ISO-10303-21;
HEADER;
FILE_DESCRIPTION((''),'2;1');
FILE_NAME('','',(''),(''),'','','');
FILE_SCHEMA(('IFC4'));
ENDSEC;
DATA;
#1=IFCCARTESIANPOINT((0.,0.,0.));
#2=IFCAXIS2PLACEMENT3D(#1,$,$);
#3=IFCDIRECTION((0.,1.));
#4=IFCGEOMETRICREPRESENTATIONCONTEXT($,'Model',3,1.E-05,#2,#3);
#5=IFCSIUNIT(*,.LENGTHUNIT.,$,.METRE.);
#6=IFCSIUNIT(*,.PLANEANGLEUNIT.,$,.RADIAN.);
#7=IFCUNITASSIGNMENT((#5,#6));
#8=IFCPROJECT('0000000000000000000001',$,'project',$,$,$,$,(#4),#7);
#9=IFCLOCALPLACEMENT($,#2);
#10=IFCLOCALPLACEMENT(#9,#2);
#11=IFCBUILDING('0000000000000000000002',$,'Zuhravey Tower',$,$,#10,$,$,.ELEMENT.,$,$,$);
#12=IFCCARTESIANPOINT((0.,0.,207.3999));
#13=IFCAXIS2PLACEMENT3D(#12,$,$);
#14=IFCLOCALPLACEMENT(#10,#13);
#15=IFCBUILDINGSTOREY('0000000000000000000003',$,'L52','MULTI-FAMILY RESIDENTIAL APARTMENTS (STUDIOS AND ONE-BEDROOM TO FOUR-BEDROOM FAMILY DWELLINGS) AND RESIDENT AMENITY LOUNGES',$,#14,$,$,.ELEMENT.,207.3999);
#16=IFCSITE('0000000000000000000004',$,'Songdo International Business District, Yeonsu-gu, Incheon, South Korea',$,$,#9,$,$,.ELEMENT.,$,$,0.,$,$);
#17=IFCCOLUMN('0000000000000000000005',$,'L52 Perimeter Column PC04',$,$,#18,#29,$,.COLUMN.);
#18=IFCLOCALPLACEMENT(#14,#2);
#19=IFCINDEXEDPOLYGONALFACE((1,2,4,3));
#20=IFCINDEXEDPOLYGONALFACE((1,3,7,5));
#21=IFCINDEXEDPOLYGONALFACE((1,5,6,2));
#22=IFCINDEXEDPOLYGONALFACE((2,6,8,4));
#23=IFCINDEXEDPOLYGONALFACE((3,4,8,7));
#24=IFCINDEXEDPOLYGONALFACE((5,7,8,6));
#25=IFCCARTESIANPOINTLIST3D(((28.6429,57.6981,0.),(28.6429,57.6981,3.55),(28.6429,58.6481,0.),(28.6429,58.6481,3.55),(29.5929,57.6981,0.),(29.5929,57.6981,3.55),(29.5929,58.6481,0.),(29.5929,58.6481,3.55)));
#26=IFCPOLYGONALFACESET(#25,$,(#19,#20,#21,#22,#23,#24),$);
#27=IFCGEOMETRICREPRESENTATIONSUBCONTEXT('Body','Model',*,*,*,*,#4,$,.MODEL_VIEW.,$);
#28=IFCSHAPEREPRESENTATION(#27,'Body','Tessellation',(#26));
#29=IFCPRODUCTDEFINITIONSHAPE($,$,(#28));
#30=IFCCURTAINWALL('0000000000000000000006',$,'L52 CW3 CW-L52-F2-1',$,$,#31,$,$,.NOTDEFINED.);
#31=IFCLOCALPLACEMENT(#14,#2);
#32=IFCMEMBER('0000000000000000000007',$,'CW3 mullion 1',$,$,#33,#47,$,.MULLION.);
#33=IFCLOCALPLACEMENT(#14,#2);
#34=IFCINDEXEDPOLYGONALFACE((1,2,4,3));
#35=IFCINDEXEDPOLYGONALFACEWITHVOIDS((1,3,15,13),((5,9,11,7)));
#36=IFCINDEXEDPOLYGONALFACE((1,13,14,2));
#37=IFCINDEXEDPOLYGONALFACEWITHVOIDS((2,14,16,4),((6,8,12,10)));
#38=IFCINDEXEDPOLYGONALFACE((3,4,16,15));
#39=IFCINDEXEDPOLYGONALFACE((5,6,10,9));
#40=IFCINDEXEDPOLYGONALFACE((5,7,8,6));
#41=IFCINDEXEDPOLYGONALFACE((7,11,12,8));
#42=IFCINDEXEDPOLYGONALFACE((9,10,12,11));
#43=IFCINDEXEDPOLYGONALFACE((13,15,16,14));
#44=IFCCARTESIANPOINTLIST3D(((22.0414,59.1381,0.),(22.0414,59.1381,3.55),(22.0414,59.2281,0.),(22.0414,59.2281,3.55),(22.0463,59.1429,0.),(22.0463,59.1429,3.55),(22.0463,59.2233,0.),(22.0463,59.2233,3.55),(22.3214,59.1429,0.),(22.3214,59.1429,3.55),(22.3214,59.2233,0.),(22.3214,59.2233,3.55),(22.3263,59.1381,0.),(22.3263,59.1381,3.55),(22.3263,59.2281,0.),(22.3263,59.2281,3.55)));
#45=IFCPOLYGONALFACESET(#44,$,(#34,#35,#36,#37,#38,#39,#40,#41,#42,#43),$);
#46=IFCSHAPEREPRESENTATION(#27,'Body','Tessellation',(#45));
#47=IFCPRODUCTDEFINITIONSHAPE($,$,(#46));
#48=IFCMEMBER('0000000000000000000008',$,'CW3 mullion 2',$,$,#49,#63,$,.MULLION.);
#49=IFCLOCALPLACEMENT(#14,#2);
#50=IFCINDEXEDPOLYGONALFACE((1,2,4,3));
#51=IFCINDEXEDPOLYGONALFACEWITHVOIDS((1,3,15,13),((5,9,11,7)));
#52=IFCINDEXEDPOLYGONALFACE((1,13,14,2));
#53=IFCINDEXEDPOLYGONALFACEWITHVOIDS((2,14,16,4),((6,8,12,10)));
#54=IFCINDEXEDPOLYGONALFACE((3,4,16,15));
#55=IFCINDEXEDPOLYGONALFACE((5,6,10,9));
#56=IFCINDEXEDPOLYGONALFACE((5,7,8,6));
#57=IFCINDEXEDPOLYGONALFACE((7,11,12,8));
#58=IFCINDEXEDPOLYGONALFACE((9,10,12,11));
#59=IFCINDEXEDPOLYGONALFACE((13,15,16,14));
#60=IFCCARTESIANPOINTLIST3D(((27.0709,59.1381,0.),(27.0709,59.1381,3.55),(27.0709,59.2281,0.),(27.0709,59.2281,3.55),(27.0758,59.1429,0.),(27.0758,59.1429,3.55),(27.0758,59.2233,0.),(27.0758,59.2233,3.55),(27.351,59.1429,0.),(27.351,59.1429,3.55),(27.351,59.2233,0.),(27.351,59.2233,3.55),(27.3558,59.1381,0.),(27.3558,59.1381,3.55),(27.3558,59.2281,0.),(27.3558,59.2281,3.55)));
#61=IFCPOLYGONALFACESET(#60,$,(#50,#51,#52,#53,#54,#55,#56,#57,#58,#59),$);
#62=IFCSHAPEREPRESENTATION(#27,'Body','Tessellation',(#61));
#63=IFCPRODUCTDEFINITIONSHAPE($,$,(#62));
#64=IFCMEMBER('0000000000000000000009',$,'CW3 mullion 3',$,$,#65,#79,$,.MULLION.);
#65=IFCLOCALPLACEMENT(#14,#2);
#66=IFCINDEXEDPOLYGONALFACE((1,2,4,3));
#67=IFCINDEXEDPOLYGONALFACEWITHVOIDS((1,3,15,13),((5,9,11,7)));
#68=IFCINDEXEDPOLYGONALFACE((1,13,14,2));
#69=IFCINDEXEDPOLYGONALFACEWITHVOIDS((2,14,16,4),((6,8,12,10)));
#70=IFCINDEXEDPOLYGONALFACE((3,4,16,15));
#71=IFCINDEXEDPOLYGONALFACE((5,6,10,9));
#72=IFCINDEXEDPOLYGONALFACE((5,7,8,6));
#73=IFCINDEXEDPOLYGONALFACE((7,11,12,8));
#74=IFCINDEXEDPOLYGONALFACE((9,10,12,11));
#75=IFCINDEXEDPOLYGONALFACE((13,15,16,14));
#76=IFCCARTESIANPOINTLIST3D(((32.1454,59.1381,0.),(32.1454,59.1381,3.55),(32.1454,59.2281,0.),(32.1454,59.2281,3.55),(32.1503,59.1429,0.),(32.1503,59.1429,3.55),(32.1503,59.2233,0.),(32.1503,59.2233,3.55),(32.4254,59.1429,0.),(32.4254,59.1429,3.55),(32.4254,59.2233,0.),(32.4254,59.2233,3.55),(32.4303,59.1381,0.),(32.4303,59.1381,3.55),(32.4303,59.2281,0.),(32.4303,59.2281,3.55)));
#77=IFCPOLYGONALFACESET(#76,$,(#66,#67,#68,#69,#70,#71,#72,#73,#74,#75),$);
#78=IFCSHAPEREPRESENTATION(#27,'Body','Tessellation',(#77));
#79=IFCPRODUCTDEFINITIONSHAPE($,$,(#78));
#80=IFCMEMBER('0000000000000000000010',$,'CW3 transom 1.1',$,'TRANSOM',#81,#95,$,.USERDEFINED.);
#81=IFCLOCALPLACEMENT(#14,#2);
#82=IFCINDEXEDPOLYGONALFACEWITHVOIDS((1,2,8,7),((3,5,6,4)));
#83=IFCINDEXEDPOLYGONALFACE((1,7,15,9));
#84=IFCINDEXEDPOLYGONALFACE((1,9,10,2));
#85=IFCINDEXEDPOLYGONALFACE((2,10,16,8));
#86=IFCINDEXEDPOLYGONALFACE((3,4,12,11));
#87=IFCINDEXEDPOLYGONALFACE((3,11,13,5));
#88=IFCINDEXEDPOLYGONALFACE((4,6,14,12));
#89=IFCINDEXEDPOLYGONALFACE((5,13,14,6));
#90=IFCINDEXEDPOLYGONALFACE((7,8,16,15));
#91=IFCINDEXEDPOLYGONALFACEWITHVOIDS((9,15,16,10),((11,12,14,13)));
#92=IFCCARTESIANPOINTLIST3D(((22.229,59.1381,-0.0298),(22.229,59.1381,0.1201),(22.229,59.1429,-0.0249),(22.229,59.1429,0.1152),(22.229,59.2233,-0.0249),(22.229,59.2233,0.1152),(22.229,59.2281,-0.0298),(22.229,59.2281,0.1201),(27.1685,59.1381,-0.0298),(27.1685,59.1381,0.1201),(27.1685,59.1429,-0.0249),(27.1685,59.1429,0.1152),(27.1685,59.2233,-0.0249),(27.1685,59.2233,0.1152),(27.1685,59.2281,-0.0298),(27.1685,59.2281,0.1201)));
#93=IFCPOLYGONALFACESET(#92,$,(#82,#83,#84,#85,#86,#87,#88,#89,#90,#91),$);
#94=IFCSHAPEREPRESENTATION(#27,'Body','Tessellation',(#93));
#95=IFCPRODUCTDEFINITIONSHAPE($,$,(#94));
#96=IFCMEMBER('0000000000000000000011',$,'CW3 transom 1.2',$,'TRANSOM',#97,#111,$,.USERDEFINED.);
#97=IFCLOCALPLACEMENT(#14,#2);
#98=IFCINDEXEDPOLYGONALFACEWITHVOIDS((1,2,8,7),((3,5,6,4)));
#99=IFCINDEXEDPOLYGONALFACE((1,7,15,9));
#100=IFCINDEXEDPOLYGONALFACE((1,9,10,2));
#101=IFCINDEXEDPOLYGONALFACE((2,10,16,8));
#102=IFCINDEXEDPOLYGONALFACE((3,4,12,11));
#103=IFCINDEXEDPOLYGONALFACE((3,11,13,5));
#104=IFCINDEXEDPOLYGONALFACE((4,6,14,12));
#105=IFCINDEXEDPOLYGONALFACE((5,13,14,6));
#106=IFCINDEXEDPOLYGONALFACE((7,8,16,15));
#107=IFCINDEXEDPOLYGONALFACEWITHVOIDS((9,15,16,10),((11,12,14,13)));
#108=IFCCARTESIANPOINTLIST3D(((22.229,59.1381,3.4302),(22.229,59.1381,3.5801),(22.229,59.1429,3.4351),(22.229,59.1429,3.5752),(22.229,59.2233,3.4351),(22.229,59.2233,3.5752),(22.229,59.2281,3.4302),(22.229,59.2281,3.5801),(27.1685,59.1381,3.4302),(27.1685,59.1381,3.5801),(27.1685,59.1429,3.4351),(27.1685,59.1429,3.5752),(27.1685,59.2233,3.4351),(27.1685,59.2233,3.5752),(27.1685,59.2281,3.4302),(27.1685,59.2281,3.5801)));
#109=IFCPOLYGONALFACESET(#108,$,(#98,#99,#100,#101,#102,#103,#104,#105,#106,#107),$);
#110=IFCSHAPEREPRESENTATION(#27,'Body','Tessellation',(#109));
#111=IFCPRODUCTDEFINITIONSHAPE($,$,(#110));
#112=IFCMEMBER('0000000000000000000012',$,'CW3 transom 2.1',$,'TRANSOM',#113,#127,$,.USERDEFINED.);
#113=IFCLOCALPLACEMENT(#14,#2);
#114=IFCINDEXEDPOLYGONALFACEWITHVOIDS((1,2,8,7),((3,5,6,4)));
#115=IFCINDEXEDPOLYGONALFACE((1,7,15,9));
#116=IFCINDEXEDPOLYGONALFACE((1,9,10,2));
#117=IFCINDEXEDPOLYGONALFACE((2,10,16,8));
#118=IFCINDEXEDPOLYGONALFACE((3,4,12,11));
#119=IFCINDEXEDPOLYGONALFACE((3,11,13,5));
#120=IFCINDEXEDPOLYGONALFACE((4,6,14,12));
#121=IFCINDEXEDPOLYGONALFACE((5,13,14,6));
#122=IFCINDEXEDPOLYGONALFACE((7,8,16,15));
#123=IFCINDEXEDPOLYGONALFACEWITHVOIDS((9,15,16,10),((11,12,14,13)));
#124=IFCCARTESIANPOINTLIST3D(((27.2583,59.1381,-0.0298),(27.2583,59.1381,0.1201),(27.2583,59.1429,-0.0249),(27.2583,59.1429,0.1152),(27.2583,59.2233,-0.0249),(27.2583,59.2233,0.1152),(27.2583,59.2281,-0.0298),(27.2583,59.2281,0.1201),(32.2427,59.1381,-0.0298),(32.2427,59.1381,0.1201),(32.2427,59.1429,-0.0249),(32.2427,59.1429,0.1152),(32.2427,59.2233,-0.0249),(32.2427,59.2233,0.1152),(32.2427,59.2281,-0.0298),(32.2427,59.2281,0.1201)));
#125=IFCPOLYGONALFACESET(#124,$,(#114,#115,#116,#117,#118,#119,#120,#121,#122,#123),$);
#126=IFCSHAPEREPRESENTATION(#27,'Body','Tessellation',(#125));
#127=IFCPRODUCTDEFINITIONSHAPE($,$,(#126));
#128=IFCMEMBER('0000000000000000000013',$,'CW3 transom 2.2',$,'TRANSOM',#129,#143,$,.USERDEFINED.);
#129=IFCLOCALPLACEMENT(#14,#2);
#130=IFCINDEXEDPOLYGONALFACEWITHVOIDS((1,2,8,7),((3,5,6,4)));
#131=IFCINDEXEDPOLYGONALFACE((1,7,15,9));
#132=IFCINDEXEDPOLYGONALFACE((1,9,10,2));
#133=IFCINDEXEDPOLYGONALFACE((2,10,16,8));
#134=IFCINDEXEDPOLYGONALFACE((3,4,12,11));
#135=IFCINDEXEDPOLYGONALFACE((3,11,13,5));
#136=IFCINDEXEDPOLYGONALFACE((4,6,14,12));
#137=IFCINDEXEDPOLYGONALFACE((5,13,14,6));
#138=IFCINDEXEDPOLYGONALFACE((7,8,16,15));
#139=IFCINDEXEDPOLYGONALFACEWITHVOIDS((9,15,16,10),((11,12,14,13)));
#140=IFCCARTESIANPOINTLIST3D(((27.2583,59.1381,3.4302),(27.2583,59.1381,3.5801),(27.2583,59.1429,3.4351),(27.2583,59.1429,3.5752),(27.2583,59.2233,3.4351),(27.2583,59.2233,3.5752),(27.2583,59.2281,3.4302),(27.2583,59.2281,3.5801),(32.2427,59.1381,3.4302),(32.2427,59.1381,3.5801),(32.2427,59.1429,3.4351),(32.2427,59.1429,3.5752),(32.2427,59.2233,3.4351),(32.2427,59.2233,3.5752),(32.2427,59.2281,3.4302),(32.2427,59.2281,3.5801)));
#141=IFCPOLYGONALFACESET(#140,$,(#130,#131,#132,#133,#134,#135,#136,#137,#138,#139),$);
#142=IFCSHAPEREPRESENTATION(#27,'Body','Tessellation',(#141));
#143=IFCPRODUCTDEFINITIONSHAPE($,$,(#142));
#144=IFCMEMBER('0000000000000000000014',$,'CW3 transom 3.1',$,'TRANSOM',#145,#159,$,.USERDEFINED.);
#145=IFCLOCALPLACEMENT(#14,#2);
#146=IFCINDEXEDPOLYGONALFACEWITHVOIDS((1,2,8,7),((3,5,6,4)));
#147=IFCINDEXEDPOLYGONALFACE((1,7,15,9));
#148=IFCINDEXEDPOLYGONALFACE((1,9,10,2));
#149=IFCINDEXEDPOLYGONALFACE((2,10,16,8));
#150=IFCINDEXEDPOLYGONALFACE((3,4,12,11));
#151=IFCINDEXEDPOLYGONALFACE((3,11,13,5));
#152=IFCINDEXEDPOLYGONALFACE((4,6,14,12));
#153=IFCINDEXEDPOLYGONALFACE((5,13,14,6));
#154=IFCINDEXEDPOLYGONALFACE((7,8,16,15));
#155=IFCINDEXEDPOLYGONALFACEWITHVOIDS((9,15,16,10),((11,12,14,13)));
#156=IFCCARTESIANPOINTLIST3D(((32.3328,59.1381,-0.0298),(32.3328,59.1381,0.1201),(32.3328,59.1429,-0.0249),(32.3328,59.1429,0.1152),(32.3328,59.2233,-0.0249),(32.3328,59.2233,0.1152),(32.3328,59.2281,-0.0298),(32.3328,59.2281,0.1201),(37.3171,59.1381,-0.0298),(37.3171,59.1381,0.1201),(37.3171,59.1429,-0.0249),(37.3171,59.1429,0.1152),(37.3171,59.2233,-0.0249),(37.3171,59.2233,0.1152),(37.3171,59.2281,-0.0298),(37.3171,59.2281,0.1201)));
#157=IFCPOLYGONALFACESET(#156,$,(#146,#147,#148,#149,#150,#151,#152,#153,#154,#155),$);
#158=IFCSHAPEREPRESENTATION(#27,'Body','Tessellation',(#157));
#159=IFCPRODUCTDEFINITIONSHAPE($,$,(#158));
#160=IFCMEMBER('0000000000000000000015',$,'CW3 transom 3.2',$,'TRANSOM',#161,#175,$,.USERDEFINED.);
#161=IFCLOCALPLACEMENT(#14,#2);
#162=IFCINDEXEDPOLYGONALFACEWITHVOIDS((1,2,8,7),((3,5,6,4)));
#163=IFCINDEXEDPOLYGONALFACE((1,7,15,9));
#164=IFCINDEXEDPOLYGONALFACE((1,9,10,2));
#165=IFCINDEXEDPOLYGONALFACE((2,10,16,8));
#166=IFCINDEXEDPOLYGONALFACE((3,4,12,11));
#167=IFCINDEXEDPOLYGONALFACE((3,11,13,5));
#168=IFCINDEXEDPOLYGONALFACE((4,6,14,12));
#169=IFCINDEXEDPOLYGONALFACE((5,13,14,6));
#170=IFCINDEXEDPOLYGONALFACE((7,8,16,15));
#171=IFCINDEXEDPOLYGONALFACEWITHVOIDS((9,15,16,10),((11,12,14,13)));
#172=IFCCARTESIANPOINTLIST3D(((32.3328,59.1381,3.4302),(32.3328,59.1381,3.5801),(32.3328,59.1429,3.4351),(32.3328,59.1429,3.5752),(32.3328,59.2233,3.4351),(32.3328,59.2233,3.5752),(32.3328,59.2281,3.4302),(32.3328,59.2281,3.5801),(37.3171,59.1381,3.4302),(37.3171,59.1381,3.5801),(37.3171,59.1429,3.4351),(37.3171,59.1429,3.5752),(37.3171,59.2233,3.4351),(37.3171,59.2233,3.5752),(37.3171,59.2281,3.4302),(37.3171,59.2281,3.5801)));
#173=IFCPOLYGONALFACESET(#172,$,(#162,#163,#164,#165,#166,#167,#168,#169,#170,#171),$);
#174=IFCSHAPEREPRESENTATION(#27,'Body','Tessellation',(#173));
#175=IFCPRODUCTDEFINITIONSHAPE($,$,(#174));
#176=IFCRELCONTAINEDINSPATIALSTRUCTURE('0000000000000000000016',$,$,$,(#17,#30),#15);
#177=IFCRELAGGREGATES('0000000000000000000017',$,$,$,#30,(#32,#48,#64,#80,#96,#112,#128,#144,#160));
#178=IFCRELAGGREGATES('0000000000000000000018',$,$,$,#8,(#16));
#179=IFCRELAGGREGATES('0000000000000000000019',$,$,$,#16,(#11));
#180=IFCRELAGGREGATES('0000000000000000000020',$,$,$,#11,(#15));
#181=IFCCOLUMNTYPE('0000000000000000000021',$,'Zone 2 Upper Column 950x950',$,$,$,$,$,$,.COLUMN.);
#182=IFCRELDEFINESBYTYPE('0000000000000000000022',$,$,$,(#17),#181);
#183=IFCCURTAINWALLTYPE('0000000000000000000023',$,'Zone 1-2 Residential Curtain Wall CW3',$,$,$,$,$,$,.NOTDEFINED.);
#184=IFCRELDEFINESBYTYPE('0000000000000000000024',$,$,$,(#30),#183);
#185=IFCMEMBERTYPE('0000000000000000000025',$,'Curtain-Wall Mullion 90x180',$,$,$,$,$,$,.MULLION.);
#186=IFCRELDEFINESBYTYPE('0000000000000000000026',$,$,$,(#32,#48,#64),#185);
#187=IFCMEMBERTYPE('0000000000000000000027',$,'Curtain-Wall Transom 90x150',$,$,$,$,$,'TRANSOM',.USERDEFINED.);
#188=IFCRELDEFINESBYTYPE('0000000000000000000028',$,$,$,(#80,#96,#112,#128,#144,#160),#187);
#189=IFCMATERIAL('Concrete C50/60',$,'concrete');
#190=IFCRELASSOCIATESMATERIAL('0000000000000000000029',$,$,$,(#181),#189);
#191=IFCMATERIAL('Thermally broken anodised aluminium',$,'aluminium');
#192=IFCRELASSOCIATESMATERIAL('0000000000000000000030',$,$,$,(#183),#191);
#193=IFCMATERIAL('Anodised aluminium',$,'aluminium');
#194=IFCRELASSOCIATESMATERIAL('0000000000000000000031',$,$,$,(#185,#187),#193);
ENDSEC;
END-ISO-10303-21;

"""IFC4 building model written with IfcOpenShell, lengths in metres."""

from ifc_helpers import new_model, si_unit, direction, frame, origin, origin_2d, place, context, subcontext, project, spatial, rectangle, hollow_rectangle, extrude, material, material_profile, profile_set, type_object, element, aggregate, save


model = new_model("IFC4")

# Units and contexts
model_context = context("Model", 3, precision=1e-05, world=origin(), true_north=direction((0.0, 1.0)))
body_context = subcontext(model_context, "Body", "Model", "MODEL_VIEW")
ifc_project = project(units=[si_unit("LENGTHUNIT", "METRE"), si_unit("PLANEANGLEUNIT", "RADIAN")], contexts=[model_context])

# Site, building, storey
site_placement = place(None, origin())
site = spatial("IfcSite", under=ifc_project, at=site_placement, Name="Songdo International Business District, Yeonsu-gu, Incheon, South Korea", CompositionType="ELEMENT", RefElevation=0.0)
building_placement = place(site_placement, origin())
building = spatial("IfcBuilding", under=site, at=building_placement, Name="Zuhravey Tower", CompositionType="ELEMENT")
storey_placement = place(building_placement, frame((0.0, 0.0, 207.3999)))
storey = spatial("IfcBuildingStorey", under=building, at=storey_placement, Name="L52", Description="MULTI-FAMILY RESIDENTIAL APARTMENTS (STUDIOS AND ONE-BEDROOM TO FOUR-BEDROOM FAMILY DWELLINGS) AND RESIDENT AMENITY LOUNGES", CompositionType="ELEMENT", Elevation=207.3999)

# Column
ifc_material_1 = material(Name="Concrete C50/60", Category="concrete")
ifc_material_profile_1 = material_profile(ifc_material_1, rectangle(XDim=0.95, YDim=0.95, at=origin_2d()), Name="RC-950x950")
ifc_profile_set_1 = profile_set([ifc_material_profile_1], Name="Concrete C50/60")
column_type = type_object("IfcColumnType", Name="Zone 2 Upper Column 950x950", PredefinedType="COLUMN", material=ifc_profile_set_1)
column_placement = place(storey_placement, frame((29.1179, 58.1731, 0.0), z_axis=(0.0, 0.0, 1.0), x_axis=(-1.0, 0.0, 0.0)))
element("IfcColumn", 1, at=column_placement, inside=storey, type_object=column_type, Name="L52 Perimeter Column PC04", PredefinedType="COLUMN", context=body_context, shape_type="SweptSolid", body=[
    extrude(rectangle(XDim=0.95, YDim=0.95, at=origin_2d()), origin(), (0.0, 0.0, 1.0), 3.55),
])

# Curtain wall, members
ifc_material_2 = material(Name="Thermally broken anodised aluminium", Category="aluminium")
curtain_wall_type = type_object("IfcCurtainWallType", Name="Zone 1-2 Residential Curtain Wall CW3", PredefinedType="NOTDEFINED", material=ifc_material_2)
curtain_wall_placement = place(storey_placement, origin())
curtain_wall = element("IfcCurtainWall", 2, at=curtain_wall_placement, inside=storey, type_object=curtain_wall_type, Name="L52 CW3 CW-L52-F2-1", PredefinedType="NOTDEFINED")
ifc_material_3 = material(Name="Anodised aluminium", Category="aluminium")
ifc_material_profile_2 = material_profile(ifc_material_3, hollow_rectangle(XDim=0.0901, YDim=0.2849, WallThickness=0.0049, at=origin_2d()), Name="ALU-RHS-90x285x5")
ifc_profile_set_2 = profile_set([ifc_material_profile_2], Name="Anodised aluminium")
member_type_1 = type_object("IfcMemberType", Name="Curtain-Wall Mullion 90x180", PredefinedType="MULLION", material=ifc_profile_set_2)
member_1_placement = place(storey_placement, frame((22.1838, 59.1831, 0.0), z_axis=(0.0, 0.0, 1.0), x_axis=(0.0, 1.0, 0.0)))
member_1 = element("IfcMember", 3, at=member_1_placement, type_object=member_type_1, Name="CW3 mullion 1", PredefinedType="MULLION", context=body_context, shape_type="SweptSolid", body=[
    extrude(hollow_rectangle(XDim=0.0901, YDim=0.2849, WallThickness=0.0049, at=origin_2d()), origin(), (0.0, 0.0, 1.0), 3.55),
])
member_2_placement = place(storey_placement, frame((27.2134, 59.1831, 0.0), z_axis=(0.0, 0.0, 1.0), x_axis=(0.0, 1.0, 0.0)))
member_2 = element("IfcMember", 4, at=member_2_placement, type_object=member_type_1, Name="CW3 mullion 2", PredefinedType="MULLION", context=body_context, shape_type="SweptSolid", body=[
    extrude(hollow_rectangle(XDim=0.0901, YDim=0.2849, WallThickness=0.0049, at=origin_2d()), origin(), (0.0, 0.0, 1.0), 3.55),
])
member_3_placement = place(storey_placement, frame((32.2878, 59.1831, 0.0), z_axis=(0.0, 0.0, 1.0), x_axis=(0.0, 1.0, 0.0)))
member_3 = element("IfcMember", 5, at=member_3_placement, type_object=member_type_1, Name="CW3 mullion 3", PredefinedType="MULLION", context=body_context, shape_type="SweptSolid", body=[
    extrude(hollow_rectangle(XDim=0.0901, YDim=0.2849, WallThickness=0.0049, at=origin_2d()), origin(), (0.0, 0.0, 1.0), 3.55),
])
ifc_material_profile_3 = material_profile(ifc_material_3, hollow_rectangle(XDim=0.0901, YDim=0.1499, WallThickness=0.0049, at=origin_2d()), Name="ALU-RHS-90x150x5")
ifc_profile_set_3 = profile_set([ifc_material_profile_3], Name="Anodised aluminium")
member_type_2 = type_object("IfcMemberType", Name="Curtain-Wall Transom 90x150", ElementType="TRANSOM", PredefinedType="USERDEFINED", material=ifc_profile_set_3)
member_4_placement = place(storey_placement, frame((22.229, 59.1831, 0.0452), z_axis=(1.0, 0.0, 0.0), x_axis=(0.0, 1.0, 0.0)))
member_4 = element("IfcMember", 6, at=member_4_placement, type_object=member_type_2, Name="CW3 transom 1.1", ObjectType="TRANSOM", PredefinedType="USERDEFINED", context=body_context, shape_type="SweptSolid", body=[
    extrude(hollow_rectangle(XDim=0.0901, YDim=0.1499, WallThickness=0.0049, at=origin_2d()), origin(), (0.0, 0.0, 1.0), 4.9395),
])
member_5_placement = place(storey_placement, frame((22.229, 59.1831, 3.5051), z_axis=(1.0, 0.0, 0.0), x_axis=(0.0, 1.0, 0.0)))
member_5 = element("IfcMember", 7, at=member_5_placement, type_object=member_type_2, Name="CW3 transom 1.2", ObjectType="TRANSOM", PredefinedType="USERDEFINED", context=body_context, shape_type="SweptSolid", body=[
    extrude(hollow_rectangle(XDim=0.0901, YDim=0.1499, WallThickness=0.0049, at=origin_2d()), origin(), (0.0, 0.0, 1.0), 4.9395),
])
member_6_placement = place(storey_placement, frame((27.2583, 59.1831, 0.0452), z_axis=(1.0, 0.0, 0.0), x_axis=(0.0, 1.0, 0.0)))
member_6 = element("IfcMember", 8, at=member_6_placement, type_object=member_type_2, Name="CW3 transom 2.1", ObjectType="TRANSOM", PredefinedType="USERDEFINED", context=body_context, shape_type="SweptSolid", body=[
    extrude(hollow_rectangle(XDim=0.0901, YDim=0.1499, WallThickness=0.0049, at=origin_2d()), origin(), (0.0, 0.0, 1.0), 4.9844),
])
member_7_placement = place(storey_placement, frame((27.2583, 59.1831, 3.5051), z_axis=(1.0, 0.0, 0.0), x_axis=(0.0, 1.0, 0.0)))
member_7 = element("IfcMember", 9, at=member_7_placement, type_object=member_type_2, Name="CW3 transom 2.2", ObjectType="TRANSOM", PredefinedType="USERDEFINED", context=body_context, shape_type="SweptSolid", body=[
    extrude(hollow_rectangle(XDim=0.0901, YDim=0.1499, WallThickness=0.0049, at=origin_2d()), origin(), (0.0, 0.0, 1.0), 4.9844),
])
member_8_placement = place(storey_placement, frame((32.3328, 59.1831, 0.0452), z_axis=(1.0, 0.0, 0.0), x_axis=(0.0, 1.0, 0.0)))
member_8 = element("IfcMember", 10, at=member_8_placement, type_object=member_type_2, Name="CW3 transom 3.1", ObjectType="TRANSOM", PredefinedType="USERDEFINED", context=body_context, shape_type="SweptSolid", body=[
    extrude(hollow_rectangle(XDim=0.0901, YDim=0.1499, WallThickness=0.0049, at=origin_2d()), origin(), (0.0, 0.0, 1.0), 4.9844),
])
member_9_placement = place(storey_placement, frame((32.3328, 59.1831, 3.5051), z_axis=(1.0, 0.0, 0.0), x_axis=(0.0, 1.0, 0.0)))
member_9 = element("IfcMember", 11, at=member_9_placement, type_object=member_type_2, Name="CW3 transom 3.2", ObjectType="TRANSOM", PredefinedType="USERDEFINED", context=body_context, shape_type="SweptSolid", body=[
    extrude(hollow_rectangle(XDim=0.0901, YDim=0.1499, WallThickness=0.0049, at=origin_2d()), origin(), (0.0, 0.0, 1.0), 4.9844),
])

aggregate(curtain_wall, [member_1, member_2, member_3, member_4, member_5, member_6, member_7, member_8, member_9])

save(model, "model.ifc")
